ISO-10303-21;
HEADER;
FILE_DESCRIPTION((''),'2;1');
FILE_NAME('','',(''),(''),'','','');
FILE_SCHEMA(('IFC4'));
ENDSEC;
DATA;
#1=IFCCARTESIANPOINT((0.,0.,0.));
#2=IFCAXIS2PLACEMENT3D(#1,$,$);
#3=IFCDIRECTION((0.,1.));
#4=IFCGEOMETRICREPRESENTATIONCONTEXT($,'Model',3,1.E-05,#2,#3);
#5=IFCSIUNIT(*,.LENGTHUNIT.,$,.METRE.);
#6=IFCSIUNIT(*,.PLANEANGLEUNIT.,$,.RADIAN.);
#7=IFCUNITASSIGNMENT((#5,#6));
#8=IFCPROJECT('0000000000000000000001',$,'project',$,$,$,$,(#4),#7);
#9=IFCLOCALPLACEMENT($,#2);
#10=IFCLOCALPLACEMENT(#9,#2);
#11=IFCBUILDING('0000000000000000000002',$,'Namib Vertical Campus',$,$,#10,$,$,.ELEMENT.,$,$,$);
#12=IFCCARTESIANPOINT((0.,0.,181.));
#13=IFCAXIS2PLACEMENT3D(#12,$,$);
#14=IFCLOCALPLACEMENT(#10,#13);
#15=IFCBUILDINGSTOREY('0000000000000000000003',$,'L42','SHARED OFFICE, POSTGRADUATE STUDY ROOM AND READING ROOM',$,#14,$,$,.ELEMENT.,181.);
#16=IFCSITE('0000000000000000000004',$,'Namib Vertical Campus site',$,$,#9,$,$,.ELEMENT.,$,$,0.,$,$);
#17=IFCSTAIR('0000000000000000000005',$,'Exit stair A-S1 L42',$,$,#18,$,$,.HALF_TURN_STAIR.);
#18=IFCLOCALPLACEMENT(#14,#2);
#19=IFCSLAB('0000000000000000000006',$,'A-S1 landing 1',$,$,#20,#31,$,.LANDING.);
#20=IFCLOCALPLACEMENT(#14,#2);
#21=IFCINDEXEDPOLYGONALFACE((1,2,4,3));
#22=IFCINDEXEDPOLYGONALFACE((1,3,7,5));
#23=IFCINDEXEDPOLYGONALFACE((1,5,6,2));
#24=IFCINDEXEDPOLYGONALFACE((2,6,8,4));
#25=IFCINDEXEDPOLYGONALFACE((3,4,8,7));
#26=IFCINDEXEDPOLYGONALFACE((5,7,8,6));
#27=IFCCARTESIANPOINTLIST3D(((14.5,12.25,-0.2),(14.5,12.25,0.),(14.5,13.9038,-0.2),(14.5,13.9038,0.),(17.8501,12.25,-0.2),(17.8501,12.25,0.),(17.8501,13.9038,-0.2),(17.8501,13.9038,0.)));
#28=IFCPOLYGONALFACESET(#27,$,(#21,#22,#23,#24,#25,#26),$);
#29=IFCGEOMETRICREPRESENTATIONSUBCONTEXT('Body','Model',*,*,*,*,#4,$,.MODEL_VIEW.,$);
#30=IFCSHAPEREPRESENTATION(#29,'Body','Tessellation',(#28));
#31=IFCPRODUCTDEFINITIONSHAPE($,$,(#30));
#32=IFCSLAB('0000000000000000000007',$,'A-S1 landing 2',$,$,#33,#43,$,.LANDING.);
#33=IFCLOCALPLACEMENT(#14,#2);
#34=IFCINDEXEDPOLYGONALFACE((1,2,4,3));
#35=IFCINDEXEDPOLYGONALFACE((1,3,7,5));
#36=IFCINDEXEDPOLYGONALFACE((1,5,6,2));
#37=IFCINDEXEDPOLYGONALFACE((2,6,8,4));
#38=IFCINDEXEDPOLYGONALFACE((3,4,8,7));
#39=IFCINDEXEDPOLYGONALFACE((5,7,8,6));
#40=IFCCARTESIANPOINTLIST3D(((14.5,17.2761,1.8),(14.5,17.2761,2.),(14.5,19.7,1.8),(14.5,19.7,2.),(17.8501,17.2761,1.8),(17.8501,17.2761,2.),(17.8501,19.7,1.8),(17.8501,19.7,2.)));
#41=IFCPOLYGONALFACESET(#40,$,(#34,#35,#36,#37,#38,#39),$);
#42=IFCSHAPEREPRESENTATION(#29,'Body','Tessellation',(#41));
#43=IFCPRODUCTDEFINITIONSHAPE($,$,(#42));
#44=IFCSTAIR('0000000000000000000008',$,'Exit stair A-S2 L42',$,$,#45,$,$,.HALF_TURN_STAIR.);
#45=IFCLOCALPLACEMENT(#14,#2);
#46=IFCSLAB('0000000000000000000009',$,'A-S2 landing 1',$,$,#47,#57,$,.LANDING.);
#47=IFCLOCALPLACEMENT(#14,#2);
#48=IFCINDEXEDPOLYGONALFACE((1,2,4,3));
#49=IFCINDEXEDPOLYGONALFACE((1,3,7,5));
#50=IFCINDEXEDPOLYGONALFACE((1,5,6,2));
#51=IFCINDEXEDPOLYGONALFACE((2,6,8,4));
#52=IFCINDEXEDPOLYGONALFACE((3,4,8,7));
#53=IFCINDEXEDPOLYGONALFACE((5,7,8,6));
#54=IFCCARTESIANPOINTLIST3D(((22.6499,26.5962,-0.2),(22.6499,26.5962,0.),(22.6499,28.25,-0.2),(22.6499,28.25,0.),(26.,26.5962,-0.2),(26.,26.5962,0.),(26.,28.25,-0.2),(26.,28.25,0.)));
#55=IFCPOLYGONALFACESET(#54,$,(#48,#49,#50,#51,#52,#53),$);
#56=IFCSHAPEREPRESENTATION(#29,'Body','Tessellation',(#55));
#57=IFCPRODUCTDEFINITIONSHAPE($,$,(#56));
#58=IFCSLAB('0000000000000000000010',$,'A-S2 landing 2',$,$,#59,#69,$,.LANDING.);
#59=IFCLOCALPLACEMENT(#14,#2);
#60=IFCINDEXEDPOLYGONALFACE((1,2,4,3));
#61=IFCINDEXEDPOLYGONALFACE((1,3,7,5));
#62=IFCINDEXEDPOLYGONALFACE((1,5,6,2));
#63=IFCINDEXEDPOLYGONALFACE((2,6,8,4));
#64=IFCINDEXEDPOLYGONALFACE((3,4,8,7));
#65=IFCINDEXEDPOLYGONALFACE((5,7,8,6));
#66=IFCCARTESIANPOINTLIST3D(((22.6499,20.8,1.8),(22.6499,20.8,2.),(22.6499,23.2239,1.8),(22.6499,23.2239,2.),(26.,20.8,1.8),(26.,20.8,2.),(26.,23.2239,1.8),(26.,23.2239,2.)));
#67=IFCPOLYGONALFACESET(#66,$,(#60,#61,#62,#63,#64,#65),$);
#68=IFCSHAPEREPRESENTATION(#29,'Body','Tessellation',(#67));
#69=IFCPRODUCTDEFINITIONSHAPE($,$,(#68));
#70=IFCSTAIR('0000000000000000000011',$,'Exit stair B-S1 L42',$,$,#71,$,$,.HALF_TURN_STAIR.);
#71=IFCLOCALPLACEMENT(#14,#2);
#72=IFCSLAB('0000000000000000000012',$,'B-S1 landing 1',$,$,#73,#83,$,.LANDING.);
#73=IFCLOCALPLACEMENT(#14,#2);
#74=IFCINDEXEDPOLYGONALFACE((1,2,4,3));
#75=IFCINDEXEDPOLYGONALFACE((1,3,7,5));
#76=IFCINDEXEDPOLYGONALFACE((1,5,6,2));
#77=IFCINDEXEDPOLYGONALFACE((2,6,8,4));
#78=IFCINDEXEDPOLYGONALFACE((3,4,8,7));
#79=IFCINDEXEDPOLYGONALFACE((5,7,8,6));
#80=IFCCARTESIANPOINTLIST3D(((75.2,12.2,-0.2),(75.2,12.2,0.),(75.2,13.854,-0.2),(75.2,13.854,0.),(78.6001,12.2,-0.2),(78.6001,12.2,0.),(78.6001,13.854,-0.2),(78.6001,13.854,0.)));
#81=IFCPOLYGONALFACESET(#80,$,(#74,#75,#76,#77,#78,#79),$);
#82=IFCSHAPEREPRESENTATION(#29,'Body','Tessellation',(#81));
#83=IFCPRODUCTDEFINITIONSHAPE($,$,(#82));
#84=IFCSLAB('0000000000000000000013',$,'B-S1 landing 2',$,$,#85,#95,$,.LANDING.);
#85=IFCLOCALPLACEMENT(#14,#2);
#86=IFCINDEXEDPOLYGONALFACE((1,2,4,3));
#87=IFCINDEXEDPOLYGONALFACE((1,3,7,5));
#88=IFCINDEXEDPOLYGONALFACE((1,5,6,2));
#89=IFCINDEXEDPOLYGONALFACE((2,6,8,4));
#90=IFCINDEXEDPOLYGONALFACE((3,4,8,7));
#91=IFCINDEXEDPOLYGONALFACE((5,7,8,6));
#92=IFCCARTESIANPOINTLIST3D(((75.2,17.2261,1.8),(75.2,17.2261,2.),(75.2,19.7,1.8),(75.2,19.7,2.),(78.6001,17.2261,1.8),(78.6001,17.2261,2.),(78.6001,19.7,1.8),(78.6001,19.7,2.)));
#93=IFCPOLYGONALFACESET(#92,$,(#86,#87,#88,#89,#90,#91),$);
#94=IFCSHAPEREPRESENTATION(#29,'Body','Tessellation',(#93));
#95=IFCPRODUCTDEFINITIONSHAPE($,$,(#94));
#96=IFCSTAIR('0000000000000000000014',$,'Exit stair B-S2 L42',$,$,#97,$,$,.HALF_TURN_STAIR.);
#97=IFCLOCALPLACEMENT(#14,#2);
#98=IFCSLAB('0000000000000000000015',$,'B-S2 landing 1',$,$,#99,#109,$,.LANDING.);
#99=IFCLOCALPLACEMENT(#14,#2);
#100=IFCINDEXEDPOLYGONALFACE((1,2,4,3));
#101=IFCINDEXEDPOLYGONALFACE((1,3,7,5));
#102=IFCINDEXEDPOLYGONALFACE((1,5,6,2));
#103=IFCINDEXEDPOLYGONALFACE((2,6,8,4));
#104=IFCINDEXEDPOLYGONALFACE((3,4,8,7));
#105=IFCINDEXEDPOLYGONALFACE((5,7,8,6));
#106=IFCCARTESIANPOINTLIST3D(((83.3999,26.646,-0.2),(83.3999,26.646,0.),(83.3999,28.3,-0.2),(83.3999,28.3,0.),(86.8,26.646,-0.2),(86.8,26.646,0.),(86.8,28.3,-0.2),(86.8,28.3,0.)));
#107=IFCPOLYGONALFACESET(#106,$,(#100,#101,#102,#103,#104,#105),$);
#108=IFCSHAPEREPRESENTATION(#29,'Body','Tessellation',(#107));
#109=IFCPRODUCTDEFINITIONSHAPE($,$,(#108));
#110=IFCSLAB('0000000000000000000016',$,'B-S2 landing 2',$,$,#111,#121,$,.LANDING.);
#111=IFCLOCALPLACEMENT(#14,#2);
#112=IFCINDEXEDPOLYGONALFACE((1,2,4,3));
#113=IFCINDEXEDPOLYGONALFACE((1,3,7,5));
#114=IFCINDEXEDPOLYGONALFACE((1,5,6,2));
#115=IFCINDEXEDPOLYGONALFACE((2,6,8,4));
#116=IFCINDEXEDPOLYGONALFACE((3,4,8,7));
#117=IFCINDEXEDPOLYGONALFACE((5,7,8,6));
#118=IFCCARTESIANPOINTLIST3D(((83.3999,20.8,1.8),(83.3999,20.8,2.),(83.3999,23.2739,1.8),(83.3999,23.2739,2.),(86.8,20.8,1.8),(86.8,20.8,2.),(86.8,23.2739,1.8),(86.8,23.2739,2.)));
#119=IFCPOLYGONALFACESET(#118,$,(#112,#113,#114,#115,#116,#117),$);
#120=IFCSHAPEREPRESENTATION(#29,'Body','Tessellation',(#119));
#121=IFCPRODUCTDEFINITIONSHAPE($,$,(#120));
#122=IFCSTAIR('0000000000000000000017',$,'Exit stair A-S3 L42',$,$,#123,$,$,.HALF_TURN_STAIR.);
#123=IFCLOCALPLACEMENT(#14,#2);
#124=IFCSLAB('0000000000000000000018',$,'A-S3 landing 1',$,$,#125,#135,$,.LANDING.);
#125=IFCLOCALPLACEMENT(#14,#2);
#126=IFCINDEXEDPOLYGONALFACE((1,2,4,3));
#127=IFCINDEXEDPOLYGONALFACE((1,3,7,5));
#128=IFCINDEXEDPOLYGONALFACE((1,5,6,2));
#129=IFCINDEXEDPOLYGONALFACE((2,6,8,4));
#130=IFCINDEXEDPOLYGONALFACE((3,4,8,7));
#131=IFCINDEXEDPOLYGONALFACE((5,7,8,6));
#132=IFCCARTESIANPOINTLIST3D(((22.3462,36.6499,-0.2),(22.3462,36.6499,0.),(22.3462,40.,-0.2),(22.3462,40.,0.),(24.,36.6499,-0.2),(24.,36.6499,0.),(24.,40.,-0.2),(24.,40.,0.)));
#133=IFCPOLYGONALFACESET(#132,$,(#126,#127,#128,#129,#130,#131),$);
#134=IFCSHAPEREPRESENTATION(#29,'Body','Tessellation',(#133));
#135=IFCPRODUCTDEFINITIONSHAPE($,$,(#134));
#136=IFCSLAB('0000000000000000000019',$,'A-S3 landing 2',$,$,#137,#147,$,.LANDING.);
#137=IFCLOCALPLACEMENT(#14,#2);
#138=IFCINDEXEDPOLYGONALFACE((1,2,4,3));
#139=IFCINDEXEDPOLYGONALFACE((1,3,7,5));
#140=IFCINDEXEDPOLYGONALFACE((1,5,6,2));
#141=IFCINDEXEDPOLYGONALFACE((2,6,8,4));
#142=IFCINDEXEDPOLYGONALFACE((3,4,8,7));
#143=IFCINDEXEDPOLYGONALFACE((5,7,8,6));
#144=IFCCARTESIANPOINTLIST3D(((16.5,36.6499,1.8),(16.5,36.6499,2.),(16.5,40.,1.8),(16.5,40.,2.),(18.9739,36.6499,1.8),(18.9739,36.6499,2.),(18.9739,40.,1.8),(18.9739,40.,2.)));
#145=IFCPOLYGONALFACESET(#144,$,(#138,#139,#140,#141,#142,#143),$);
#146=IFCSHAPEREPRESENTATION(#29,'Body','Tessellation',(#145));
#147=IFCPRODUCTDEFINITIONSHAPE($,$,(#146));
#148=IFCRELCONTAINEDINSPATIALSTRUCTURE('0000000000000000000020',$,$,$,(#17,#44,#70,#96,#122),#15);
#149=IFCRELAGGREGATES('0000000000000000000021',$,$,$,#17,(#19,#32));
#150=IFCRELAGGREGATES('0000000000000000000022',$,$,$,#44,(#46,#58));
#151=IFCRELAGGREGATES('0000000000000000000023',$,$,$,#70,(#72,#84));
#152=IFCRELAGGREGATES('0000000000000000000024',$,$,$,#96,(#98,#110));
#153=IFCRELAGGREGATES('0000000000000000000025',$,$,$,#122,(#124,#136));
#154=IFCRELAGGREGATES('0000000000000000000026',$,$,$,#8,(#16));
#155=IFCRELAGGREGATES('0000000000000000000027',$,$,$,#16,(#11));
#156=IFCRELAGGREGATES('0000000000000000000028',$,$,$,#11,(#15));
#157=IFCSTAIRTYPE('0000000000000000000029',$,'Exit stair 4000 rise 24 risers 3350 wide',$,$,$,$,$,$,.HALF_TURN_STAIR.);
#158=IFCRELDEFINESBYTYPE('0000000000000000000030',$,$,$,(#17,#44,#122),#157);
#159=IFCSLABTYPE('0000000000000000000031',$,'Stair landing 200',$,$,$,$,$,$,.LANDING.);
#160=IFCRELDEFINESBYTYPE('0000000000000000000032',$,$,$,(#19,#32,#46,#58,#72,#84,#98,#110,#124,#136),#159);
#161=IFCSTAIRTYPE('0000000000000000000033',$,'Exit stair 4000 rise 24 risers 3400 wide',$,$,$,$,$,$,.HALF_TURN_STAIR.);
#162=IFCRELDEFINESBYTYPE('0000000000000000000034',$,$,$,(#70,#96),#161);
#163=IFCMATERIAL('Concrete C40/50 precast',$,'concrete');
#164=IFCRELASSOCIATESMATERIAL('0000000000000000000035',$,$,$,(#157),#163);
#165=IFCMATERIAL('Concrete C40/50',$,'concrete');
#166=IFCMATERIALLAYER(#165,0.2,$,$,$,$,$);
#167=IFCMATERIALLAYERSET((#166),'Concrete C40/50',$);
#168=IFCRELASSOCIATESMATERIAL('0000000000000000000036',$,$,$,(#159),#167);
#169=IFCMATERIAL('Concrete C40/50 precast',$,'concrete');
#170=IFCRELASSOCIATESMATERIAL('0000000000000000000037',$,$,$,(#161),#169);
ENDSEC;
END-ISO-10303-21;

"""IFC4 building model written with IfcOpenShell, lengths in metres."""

from ifc_helpers import new_model, si_unit, direction, frame, origin, place, context, subcontext, project, spatial, polyline, outline, extrude, material, layer, layer_set, type_object, element, aggregate, save


model = new_model("IFC4")

# Units and contexts
model_context = context("Model", 3, precision=1e-05, world=origin(), true_north=direction((0.0, 1.0)))
body_context = subcontext(model_context, "Body", "Model", "MODEL_VIEW")
ifc_project = project(units=[si_unit("LENGTHUNIT", "METRE"), si_unit("PLANEANGLEUNIT", "RADIAN")], contexts=[model_context])

# Site, building, storey
site_placement = place(None, origin())
site = spatial("IfcSite", under=ifc_project, at=site_placement, Name="Namib Vertical Campus site", CompositionType="ELEMENT", RefElevation=0.0)
building_placement = place(site_placement, origin())
building = spatial("IfcBuilding", under=site, at=building_placement, Name="Namib Vertical Campus", CompositionType="ELEMENT")
storey_placement = place(building_placement, frame((0.0, 0.0, 181.0)))
storey = spatial("IfcBuildingStorey", under=building, at=storey_placement, Name="L42", Description="SHARED OFFICE, POSTGRADUATE STUDY ROOM AND READING ROOM", CompositionType="ELEMENT", Elevation=181.0)

# Stairs, slabs
ifc_material_1 = material(Name="Concrete C40/50 precast", Category="concrete")
stair_type_1 = type_object("IfcStairType", Name="Exit stair 4000 rise 24 risers 3350 wide", PredefinedType="HALF_TURN_STAIR", material=ifc_material_1)
stair_1_placement = place(storey_placement, origin())
stair_1 = element("IfcStair", 1, at=stair_1_placement, inside=storey, type_object=stair_type_1, Name="Exit stair A-S1 L42", PredefinedType="HALF_TURN_STAIR")
ifc_material_2 = material(Name="Concrete C40/50", Category="concrete")
ifc_layer_1 = layer(ifc_material_2, 0.2)
ifc_layer_set_1 = layer_set([ifc_layer_1], Name="Concrete C40/50")
slab_type_1 = type_object("IfcSlabType", Name="Stair landing 200", PredefinedType="LANDING", material=ifc_layer_set_1)
slab_1_placement = place(storey_placement, frame((0.0, 0.0, -0.2)))
slab_1 = element("IfcSlab", 2, at=slab_1_placement, type_object=slab_type_1, Name="A-S1 landing 1", PredefinedType="LANDING", context=body_context, shape_type="SweptSolid", body=[
    extrude(outline(polyline([(14.5, 12.25), (17.8501, 12.25), (17.8501, 13.9038), (14.5, 13.9038), (14.5, 12.25)])), origin(), (0.0, 0.0, 1.0), 0.2),
])
slab_2_placement = place(storey_placement, frame((0.0, 0.0, 1.8)))
slab_2 = element("IfcSlab", 3, at=slab_2_placement, type_object=slab_type_1, Name="A-S1 landing 2", PredefinedType="LANDING", context=body_context, shape_type="SweptSolid", body=[
    extrude(outline(polyline([(14.5, 17.2761), (17.8501, 17.2761), (17.8501, 19.7), (14.5, 19.7), (14.5, 17.2761)])), origin(), (0.0, 0.0, 1.0), 0.2),
])
aggregate(stair_1, [slab_1, slab_2])
stair_2_placement = place(storey_placement, origin())
stair_2 = element("IfcStair", 4, at=stair_2_placement, inside=storey, type_object=stair_type_1, Name="Exit stair A-S2 L42", PredefinedType="HALF_TURN_STAIR")
slab_3_placement = place(storey_placement, frame((0.0, 0.0, -0.2)))
slab_3 = element("IfcSlab", 5, at=slab_3_placement, type_object=slab_type_1, Name="A-S2 landing 1", PredefinedType="LANDING", context=body_context, shape_type="SweptSolid", body=[
    extrude(outline(polyline([(22.6499, 26.5962), (26.0, 26.5962), (26.0, 28.25), (22.6499, 28.25), (22.6499, 26.5962)])), origin(), (0.0, 0.0, 1.0), 0.2),
])
slab_4_placement = place(storey_placement, frame((0.0, 0.0, 1.8)))
slab_4 = element("IfcSlab", 6, at=slab_4_placement, type_object=slab_type_1, Name="A-S2 landing 2", PredefinedType="LANDING", context=body_context, shape_type="SweptSolid", body=[
    extrude(outline(polyline([(22.6499, 20.8), (26.0, 20.8), (26.0, 23.2239), (22.6499, 23.2239), (22.6499, 20.8)])), origin(), (0.0, 0.0, 1.0), 0.2),
])
aggregate(stair_2, [slab_3, slab_4])
ifc_material_3 = material(Name="Concrete C40/50 precast", Category="concrete")
stair_type_2 = type_object("IfcStairType", Name="Exit stair 4000 rise 24 risers 3400 wide", PredefinedType="HALF_TURN_STAIR", material=ifc_material_3)
stair_3_placement = place(storey_placement, origin())
stair_3 = element("IfcStair", 7, at=stair_3_placement, inside=storey, type_object=stair_type_2, Name="Exit stair B-S1 L42", PredefinedType="HALF_TURN_STAIR")
slab_5_placement = place(storey_placement, frame((0.0, 0.0, -0.2)))
slab_5 = element("IfcSlab", 8, at=slab_5_placement, type_object=slab_type_1, Name="B-S1 landing 1", PredefinedType="LANDING", context=body_context, shape_type="SweptSolid", body=[
    extrude(outline(polyline([(75.2, 12.2), (78.6001, 12.2), (78.6001, 13.854), (75.2, 13.854), (75.2, 12.2)])), origin(), (0.0, 0.0, 1.0), 0.2),
])
slab_6_placement = place(storey_placement, frame((0.0, 0.0, 1.8)))
slab_6 = element("IfcSlab", 9, at=slab_6_placement, type_object=slab_type_1, Name="B-S1 landing 2", PredefinedType="LANDING", context=body_context, shape_type="SweptSolid", body=[
    extrude(outline(polyline([(75.2, 17.2261), (78.6001, 17.2261), (78.6001, 19.7), (75.2, 19.7), (75.2, 17.2261)])), origin(), (0.0, 0.0, 1.0), 0.2),
])
aggregate(stair_3, [slab_5, slab_6])
stair_4_placement = place(storey_placement, origin())
stair_4 = element("IfcStair", 10, at=stair_4_placement, inside=storey, type_object=stair_type_2, Name="Exit stair B-S2 L42", PredefinedType="HALF_TURN_STAIR")
slab_7_placement = place(storey_placement, frame((0.0, 0.0, -0.2)))
slab_7 = element("IfcSlab", 11, at=slab_7_placement, type_object=slab_type_1, Name="B-S2 landing 1", PredefinedType="LANDING", context=body_context, shape_type="SweptSolid", body=[
    extrude(outline(polyline([(83.3999, 26.646), (86.8, 26.646), (86.8, 28.3), (83.3999, 28.3), (83.3999, 26.646)])), origin(), (0.0, 0.0, 1.0), 0.2),
])
slab_8_placement = place(storey_placement, frame((0.0, 0.0, 1.8)))
slab_8 = element("IfcSlab", 12, at=slab_8_placement, type_object=slab_type_1, Name="B-S2 landing 2", PredefinedType="LANDING", context=body_context, shape_type="SweptSolid", body=[
    extrude(outline(polyline([(83.3999, 20.8), (86.8, 20.8), (86.8, 23.2739), (83.3999, 23.2739), (83.3999, 20.8)])), origin(), (0.0, 0.0, 1.0), 0.2),
])
aggregate(stair_4, [slab_7, slab_8])
stair_5_placement = place(storey_placement, origin())
stair_5 = element("IfcStair", 13, at=stair_5_placement, inside=storey, type_object=stair_type_1, Name="Exit stair A-S3 L42", PredefinedType="HALF_TURN_STAIR")
slab_9_placement = place(storey_placement, frame((0.0, 0.0, -0.2)))
slab_9 = element("IfcSlab", 14, at=slab_9_placement, type_object=slab_type_1, Name="A-S3 landing 1", PredefinedType="LANDING", context=body_context, shape_type="SweptSolid", body=[
    extrude(outline(polyline([(22.3462, 36.6499), (22.3462, 40.0), (24.0, 40.0), (24.0, 36.6499), (22.3462, 36.6499)])), origin(), (0.0, 0.0, 1.0), 0.2),
])
slab_10_placement = place(storey_placement, frame((0.0, 0.0, 1.8)))
slab_10 = element("IfcSlab", 15, at=slab_10_placement, type_object=slab_type_1, Name="A-S3 landing 2", PredefinedType="LANDING", context=body_context, shape_type="SweptSolid", body=[
    extrude(outline(polyline([(16.5, 36.6499), (16.5, 40.0), (18.9739, 40.0), (18.9739, 36.6499), (16.5, 36.6499)])), origin(), (0.0, 0.0, 1.0), 0.2),
])
aggregate(stair_5, [slab_9, slab_10])

save(model, "model.ifc")
